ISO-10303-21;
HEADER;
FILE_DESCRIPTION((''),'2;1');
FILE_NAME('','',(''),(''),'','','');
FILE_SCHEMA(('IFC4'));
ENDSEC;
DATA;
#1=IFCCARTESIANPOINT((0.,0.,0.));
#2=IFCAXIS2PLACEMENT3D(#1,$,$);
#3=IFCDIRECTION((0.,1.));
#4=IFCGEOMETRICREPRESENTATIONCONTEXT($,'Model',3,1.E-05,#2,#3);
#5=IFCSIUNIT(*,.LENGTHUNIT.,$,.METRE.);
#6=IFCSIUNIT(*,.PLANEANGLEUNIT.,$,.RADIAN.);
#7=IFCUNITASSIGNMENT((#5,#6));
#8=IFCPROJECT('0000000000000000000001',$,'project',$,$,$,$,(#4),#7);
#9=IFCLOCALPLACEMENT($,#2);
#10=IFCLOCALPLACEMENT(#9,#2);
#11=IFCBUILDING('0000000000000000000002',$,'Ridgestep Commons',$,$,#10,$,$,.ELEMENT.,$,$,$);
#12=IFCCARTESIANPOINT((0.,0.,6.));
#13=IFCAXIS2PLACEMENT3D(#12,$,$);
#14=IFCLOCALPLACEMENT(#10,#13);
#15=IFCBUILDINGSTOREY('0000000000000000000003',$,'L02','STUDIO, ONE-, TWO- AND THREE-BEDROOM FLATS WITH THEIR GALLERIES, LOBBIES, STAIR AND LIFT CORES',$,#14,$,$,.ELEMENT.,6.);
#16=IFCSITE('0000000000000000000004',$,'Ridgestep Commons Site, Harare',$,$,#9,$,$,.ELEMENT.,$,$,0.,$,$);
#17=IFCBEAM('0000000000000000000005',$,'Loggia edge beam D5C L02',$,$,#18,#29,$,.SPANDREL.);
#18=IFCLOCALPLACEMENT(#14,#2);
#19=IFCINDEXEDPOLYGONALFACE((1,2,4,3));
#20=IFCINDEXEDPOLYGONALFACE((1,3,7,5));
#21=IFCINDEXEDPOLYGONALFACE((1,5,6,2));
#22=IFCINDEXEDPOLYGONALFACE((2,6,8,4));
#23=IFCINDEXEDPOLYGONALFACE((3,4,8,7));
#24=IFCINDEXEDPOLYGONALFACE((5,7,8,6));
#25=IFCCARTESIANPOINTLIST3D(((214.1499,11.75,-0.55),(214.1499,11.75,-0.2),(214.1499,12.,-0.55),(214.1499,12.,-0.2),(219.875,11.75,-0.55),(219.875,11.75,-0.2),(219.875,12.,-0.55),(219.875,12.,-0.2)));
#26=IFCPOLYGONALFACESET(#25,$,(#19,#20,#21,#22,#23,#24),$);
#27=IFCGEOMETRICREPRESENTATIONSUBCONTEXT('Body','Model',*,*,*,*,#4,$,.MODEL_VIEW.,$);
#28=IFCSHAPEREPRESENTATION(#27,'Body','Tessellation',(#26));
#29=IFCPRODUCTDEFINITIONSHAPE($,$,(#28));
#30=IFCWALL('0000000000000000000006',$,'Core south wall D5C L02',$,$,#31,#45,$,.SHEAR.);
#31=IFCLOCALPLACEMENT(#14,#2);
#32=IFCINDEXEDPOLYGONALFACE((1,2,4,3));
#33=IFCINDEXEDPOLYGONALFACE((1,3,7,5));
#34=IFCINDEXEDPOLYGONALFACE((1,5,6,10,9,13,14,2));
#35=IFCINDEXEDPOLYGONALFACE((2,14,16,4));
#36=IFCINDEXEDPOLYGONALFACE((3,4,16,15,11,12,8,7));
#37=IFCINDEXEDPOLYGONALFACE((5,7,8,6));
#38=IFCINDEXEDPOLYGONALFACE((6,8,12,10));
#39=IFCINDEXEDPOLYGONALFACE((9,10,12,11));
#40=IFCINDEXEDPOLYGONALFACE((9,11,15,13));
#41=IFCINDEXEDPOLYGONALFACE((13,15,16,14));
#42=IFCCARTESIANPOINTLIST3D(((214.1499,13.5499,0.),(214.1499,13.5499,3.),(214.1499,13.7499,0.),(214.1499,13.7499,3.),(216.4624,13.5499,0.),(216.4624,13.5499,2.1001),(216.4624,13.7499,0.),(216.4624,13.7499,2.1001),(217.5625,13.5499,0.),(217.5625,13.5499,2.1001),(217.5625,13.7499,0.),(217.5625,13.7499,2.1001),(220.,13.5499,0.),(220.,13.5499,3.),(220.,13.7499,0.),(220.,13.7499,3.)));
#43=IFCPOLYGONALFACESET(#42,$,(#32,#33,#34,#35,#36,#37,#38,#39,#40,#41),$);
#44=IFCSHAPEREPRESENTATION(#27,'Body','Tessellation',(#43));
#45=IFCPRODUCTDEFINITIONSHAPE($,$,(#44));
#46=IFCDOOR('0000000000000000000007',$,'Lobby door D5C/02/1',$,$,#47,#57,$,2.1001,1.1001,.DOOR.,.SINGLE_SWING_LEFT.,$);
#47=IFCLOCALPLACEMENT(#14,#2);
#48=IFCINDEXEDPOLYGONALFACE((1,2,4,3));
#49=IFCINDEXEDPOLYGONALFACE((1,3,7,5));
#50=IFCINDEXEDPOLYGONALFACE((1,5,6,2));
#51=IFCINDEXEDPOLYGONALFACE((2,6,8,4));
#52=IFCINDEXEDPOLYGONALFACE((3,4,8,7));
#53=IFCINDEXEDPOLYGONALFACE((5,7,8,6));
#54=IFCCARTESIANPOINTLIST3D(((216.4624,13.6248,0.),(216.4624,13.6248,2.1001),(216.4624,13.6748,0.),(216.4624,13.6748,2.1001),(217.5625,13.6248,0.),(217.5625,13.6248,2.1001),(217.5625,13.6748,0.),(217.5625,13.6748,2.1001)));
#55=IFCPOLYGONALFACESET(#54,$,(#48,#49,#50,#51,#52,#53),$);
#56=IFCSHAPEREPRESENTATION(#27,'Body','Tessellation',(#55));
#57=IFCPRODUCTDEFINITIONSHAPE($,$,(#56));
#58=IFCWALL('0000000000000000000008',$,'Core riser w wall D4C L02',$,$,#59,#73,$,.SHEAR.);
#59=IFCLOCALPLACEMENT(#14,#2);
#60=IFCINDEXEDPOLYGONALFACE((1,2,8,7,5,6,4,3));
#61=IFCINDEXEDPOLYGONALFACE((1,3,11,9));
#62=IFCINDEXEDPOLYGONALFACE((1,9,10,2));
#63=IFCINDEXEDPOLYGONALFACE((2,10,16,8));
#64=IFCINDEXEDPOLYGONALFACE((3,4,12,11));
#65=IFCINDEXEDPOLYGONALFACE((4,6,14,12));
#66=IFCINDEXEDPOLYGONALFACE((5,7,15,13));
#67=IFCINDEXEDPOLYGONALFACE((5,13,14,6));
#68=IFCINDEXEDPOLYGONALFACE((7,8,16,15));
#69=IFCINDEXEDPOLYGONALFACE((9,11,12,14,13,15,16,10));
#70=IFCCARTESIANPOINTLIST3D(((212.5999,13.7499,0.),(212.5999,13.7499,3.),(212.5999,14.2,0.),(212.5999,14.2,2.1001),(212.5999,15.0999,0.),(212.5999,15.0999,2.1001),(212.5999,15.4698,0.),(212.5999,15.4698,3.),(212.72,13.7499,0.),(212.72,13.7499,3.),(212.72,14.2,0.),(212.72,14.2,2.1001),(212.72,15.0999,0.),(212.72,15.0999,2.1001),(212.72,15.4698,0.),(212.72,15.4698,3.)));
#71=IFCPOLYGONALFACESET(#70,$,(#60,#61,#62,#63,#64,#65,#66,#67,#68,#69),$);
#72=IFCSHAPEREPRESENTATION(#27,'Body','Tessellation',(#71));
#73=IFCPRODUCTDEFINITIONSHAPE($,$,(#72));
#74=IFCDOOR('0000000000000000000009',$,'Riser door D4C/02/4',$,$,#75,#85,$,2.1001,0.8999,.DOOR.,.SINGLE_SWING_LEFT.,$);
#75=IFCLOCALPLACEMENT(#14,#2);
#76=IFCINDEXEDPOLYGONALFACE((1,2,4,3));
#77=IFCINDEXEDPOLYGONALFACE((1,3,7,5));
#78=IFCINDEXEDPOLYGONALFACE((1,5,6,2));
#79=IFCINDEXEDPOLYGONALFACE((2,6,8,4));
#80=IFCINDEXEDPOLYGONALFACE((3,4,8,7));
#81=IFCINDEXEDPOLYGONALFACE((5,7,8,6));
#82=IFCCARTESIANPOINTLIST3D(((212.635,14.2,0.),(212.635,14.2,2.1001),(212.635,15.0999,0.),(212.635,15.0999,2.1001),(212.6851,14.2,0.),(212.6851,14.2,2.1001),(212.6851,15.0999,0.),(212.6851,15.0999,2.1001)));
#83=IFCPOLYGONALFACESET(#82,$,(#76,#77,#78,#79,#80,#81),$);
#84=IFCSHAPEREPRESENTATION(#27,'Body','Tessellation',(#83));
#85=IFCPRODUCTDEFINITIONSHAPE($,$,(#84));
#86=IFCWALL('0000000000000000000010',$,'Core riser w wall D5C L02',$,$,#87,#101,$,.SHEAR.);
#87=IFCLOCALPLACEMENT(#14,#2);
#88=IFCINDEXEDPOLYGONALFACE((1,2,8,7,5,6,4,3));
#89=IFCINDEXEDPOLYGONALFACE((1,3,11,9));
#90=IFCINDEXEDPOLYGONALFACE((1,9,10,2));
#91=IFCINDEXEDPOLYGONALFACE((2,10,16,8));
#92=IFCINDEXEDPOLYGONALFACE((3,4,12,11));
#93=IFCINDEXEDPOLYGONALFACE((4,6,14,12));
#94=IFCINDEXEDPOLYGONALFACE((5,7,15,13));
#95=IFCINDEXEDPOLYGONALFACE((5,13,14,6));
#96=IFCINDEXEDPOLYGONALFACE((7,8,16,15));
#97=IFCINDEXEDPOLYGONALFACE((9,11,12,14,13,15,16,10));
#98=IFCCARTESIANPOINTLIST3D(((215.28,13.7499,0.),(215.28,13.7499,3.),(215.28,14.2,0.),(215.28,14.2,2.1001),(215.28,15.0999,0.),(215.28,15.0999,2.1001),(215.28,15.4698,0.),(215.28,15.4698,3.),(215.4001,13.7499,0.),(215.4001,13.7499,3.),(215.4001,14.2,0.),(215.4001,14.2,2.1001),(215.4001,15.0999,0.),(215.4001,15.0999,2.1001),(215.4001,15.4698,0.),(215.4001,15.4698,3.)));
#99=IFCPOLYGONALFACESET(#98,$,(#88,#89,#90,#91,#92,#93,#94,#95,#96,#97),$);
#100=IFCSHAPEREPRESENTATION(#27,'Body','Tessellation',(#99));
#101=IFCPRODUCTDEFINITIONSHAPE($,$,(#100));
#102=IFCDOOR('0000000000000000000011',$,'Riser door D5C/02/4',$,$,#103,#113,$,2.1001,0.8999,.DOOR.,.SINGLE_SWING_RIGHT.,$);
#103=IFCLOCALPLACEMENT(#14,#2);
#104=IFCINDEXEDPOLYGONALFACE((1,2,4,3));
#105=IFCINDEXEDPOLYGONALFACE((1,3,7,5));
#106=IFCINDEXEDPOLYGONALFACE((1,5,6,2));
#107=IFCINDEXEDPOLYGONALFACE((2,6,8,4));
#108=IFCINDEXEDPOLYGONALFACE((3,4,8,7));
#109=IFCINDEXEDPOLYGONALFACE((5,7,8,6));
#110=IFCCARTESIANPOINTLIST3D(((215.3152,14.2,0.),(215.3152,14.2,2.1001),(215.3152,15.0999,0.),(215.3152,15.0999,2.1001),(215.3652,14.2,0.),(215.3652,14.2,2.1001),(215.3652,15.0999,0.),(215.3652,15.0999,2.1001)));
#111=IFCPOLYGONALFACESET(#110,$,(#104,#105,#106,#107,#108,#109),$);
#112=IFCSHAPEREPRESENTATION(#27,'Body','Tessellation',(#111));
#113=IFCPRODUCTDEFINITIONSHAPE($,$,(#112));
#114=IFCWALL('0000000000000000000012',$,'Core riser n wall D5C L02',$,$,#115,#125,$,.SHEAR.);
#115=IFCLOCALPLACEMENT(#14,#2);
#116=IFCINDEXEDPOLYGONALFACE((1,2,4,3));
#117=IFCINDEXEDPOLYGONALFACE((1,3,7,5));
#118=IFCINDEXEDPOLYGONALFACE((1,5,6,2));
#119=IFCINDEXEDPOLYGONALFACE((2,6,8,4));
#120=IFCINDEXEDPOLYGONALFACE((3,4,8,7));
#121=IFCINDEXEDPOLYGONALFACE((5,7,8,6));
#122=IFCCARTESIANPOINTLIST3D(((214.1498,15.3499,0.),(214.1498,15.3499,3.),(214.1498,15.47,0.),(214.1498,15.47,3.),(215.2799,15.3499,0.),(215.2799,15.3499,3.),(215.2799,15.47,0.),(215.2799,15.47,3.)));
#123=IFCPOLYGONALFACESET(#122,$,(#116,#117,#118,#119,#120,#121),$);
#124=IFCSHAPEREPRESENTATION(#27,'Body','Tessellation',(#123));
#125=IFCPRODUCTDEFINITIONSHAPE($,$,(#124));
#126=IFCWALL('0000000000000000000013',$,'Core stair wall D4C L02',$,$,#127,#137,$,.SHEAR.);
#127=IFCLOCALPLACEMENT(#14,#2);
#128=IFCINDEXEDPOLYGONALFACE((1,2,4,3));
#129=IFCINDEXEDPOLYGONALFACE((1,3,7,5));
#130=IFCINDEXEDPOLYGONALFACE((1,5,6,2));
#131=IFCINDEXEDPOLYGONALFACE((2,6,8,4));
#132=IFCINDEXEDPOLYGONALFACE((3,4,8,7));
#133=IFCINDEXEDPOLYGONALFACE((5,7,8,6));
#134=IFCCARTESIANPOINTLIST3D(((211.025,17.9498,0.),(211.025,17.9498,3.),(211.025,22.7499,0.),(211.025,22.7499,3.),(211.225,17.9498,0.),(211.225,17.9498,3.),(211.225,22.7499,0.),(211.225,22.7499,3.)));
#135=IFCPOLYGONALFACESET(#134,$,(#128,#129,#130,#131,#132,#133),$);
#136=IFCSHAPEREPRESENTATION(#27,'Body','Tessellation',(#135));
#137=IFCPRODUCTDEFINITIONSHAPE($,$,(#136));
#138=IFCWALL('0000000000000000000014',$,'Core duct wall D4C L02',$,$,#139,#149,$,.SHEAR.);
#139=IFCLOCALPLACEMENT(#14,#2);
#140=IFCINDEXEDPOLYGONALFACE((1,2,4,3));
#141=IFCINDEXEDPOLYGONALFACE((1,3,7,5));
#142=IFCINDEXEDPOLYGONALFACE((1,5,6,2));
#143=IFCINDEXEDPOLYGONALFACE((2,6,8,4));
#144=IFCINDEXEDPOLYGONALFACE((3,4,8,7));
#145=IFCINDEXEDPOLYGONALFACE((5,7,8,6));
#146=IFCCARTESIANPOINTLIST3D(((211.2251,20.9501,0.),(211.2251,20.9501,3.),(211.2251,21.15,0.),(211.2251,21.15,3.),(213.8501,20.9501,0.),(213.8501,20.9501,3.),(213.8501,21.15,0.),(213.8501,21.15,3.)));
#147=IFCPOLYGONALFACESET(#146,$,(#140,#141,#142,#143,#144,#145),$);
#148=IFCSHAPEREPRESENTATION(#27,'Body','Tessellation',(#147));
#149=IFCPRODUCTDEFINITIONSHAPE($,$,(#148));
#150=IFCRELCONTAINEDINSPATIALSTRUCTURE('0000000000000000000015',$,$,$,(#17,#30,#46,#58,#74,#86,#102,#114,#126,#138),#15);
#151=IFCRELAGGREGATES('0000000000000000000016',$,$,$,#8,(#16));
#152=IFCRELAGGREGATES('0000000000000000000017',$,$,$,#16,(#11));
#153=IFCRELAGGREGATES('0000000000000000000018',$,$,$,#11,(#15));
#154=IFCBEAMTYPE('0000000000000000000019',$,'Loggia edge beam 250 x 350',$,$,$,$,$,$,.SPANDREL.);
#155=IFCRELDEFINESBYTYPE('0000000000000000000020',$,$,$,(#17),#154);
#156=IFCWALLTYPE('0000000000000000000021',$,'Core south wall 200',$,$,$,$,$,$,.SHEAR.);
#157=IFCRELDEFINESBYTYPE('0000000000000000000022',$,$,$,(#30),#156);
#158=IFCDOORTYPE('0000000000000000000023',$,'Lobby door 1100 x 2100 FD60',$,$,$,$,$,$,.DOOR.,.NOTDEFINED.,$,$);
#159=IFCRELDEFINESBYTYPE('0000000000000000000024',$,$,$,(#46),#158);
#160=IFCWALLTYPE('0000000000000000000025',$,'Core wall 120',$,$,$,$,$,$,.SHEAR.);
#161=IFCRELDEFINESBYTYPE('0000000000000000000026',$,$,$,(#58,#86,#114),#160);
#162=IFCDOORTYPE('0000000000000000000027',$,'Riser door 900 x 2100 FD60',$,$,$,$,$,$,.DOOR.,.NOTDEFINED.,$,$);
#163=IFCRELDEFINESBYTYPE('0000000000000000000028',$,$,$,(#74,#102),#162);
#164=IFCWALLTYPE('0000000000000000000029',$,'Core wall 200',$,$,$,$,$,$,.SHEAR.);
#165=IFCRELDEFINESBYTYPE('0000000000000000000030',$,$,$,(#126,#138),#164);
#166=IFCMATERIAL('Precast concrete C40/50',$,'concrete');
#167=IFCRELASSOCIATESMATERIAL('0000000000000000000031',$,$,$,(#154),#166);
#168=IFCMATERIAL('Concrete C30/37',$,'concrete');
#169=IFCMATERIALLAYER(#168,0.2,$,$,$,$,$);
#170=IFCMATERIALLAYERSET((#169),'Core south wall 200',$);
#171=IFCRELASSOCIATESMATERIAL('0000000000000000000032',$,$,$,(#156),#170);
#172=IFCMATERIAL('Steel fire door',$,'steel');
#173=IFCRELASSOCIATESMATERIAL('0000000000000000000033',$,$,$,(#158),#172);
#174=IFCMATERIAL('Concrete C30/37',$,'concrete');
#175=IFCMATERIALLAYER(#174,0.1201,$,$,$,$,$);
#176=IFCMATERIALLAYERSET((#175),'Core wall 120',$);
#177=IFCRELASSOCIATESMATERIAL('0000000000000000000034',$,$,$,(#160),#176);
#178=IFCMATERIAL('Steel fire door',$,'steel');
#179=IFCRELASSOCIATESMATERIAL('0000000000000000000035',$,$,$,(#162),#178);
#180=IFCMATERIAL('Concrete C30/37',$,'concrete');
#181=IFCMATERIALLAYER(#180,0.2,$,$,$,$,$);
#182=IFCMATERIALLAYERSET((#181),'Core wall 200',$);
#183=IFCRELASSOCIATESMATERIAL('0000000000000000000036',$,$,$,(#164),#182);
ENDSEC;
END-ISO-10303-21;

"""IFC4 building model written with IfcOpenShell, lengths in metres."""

from ifc_helpers import new_model, si_unit, direction, frame, frame_2d, origin, origin_2d, place, context, subcontext, project, spatial, rectangle, extrude, material, layer, layer_set, material_profile, profile_set, type_object, element, fill, save


model = new_model("IFC4")

# Units and contexts
model_context = context("Model", 3, precision=1e-05, world=origin(), true_north=direction((0.0, 1.0)))
body_context = subcontext(model_context, "Body", "Model", "MODEL_VIEW")
ifc_project = project(units=[si_unit("LENGTHUNIT", "METRE"), si_unit("PLANEANGLEUNIT", "RADIAN")], contexts=[model_context])

# Site, building, storey
site_placement = place(None, origin())
site = spatial("IfcSite", under=ifc_project, at=site_placement, Name="Ridgestep Commons Site, Harare", CompositionType="ELEMENT", RefElevation=0.0)
building_placement = place(site_placement, origin())
building = spatial("IfcBuilding", under=site, at=building_placement, Name="Ridgestep Commons", CompositionType="ELEMENT")
storey_placement = place(building_placement, frame((0.0, 0.0, 6.0)))
storey = spatial("IfcBuildingStorey", under=building, at=storey_placement, Name="L02", Description="STUDIO, ONE-, TWO- AND THREE-BEDROOM FLATS WITH THEIR GALLERIES, LOBBIES, STAIR AND LIFT CORES", CompositionType="ELEMENT", Elevation=6.0)

# Beam
ifc_material_1 = material(Name="Precast concrete C40/50", Category="concrete")
ifc_material_profile = material_profile(ifc_material_1, rectangle(XDim=0.25, YDim=0.3501, at=origin_2d()), Name="PC 250x350")
ifc_profile_set = profile_set([ifc_material_profile], Name="Precast concrete C40/50")
beam_type = type_object("IfcBeamType", Name="Loggia edge beam 250 x 350", PredefinedType="SPANDREL", material=ifc_profile_set)
beam_placement = place(storey_placement, frame((214.1499, 11.875, -0.375), z_axis=(1.0, 0.0, 0.0), x_axis=(0.0, 1.0, 0.0)))
element("IfcBeam", 1, at=beam_placement, inside=storey, type_object=beam_type, Name="Loggia edge beam D5C L02", PredefinedType="SPANDREL", context=body_context, shape_type="SweptSolid", body=[
    extrude(rectangle(XDim=0.25, YDim=0.3501, at=origin_2d()), origin(), (0.0, 0.0, 1.0), 5.7251),
])

# Walls, openings, doors
ifc_material_2 = material(Name="Concrete C30/37", Category="concrete")
ifc_layer_1 = layer(ifc_material_2, 0.2)
ifc_layer_set_1 = layer_set([ifc_layer_1], Name="Core south wall 200")
wall_type_1 = type_object("IfcWallType", Name="Core south wall 200", PredefinedType="SHEAR", material=ifc_layer_set_1)
wall_1_placement = place(storey_placement, frame((214.1499, 13.6499, 0.0), z_axis=(0.0, 0.0, 1.0), x_axis=(1.0, 0.0, 0.0)))
wall_1 = element("IfcWall", 2, at=wall_1_placement, inside=storey, type_object=wall_type_1, Name="Core south wall D5C L02", PredefinedType="SHEAR", context=body_context, shape_type="SweptSolid", body=[
    extrude(rectangle(XDim=5.8501, YDim=0.2, at=frame_2d((2.925, 0.0))), origin(), (0.0, 0.0, 1.0), 3.0),
])
opening_1_placement = place(wall_1_placement, frame((2.3125, 0.0, 0.0)))
opening_1 = element("IfcOpeningElement", 3, at=opening_1_placement, cuts=wall_1, PredefinedType="OPENING", context=body_context, shape_type="SweptSolid", body=[
    extrude(rectangle(XDim=1.1001, YDim=2.1001, at=frame_2d((0.55, 1.05))), frame((0.0, 0.1099, 0.0), z_axis=(0.0, -1.0, 0.0), x_axis=(1.0, 0.0, 0.0)), (0.0, 0.0, 1.0), 0.22),
])
ifc_material_3 = material(Name="Steel fire door", Category="steel")
door_type_1 = type_object("IfcDoorType", Name="Lobby door 1100 x 2100 FD60", OperationType="NOTDEFINED", PredefinedType="DOOR", material=ifc_material_3)
door_1_placement = place(opening_1_placement, origin())
door_1 = element("IfcDoor", 4, at=door_1_placement, inside=storey, type_object=door_type_1, Name="Lobby door D5C/02/1", OperationType="SINGLE_SWING_LEFT", OverallHeight=2.1001, OverallWidth=1.1001, PredefinedType="DOOR", context=body_context, shape_type="SweptSolid", body=[
    extrude(rectangle(XDim=1.1001, YDim=2.1001, at=frame_2d((0.55, 1.05))), frame((0.0, 0.0249, 0.0), z_axis=(0.0, -1.0, 0.0), x_axis=(1.0, 0.0, 0.0)), (0.0, 0.0, 1.0), 0.05),
])
fill(opening_1, door_1)
ifc_material_4 = material(Name="Concrete C30/37", Category="concrete")
ifc_layer_2 = layer(ifc_material_4, 0.1201)
ifc_layer_set_2 = layer_set([ifc_layer_2], Name="Core wall 120")
wall_type_2 = type_object("IfcWallType", Name="Core wall 120", PredefinedType="SHEAR", material=ifc_layer_set_2)
wall_2_placement = place(storey_placement, frame((212.6599, 13.75, 0.0), z_axis=(0.0, 0.0, 1.0), x_axis=(0.0, 1.0, 0.0)))
wall_2 = element("IfcWall", 5, at=wall_2_placement, inside=storey, type_object=wall_type_2, Name="Core riser w wall D4C L02", PredefinedType="SHEAR", context=body_context, shape_type="SweptSolid", body=[
    extrude(rectangle(XDim=1.72, YDim=0.1201, at=frame_2d((0.8599, 0.0))), origin(), (0.0, 0.0, 1.0), 3.0),
])
opening_2_placement = place(wall_2_placement, frame((0.45, 0.0, 0.0)))
opening_2 = element("IfcOpeningElement", 6, at=opening_2_placement, cuts=wall_2, PredefinedType="OPENING", context=body_context, shape_type="SweptSolid", body=[
    extrude(rectangle(XDim=0.8999, YDim=2.1001, at=frame_2d((0.45, 1.05))), frame((0.0, 0.0701, 0.0), z_axis=(0.0, -1.0, 0.0), x_axis=(1.0, 0.0, 0.0)), (0.0, 0.0, 1.0), 0.1401),
])
ifc_material_5 = material(Name="Steel fire door", Category="steel")
door_type_2 = type_object("IfcDoorType", Name="Riser door 900 x 2100 FD60", OperationType="NOTDEFINED", PredefinedType="DOOR", material=ifc_material_5)
door_2_placement = place(opening_2_placement, origin())
door_2 = element("IfcDoor", 7, at=door_2_placement, inside=storey, type_object=door_type_2, Name="Riser door D4C/02/4", OperationType="SINGLE_SWING_LEFT", OverallHeight=2.1001, OverallWidth=0.8999, PredefinedType="DOOR", context=body_context, shape_type="SweptSolid", body=[
    extrude(rectangle(XDim=0.8999, YDim=2.1001, at=frame_2d((0.45, 1.05))), frame((0.0, 0.0249, 0.0), z_axis=(0.0, -1.0, 0.0), x_axis=(1.0, 0.0, 0.0)), (0.0, 0.0, 1.0), 0.05),
])
fill(opening_2, door_2)

# Wall, opening, door
wall_3_placement = place(storey_placement, frame((215.3401, 13.75, 0.0), z_axis=(0.0, 0.0, 1.0), x_axis=(0.0, 1.0, 0.0)))
wall_3 = element("IfcWall", 8, at=wall_3_placement, inside=storey, type_object=wall_type_2, Name="Core riser w wall D5C L02", PredefinedType="SHEAR", context=body_context, shape_type="SweptSolid", body=[
    extrude(rectangle(XDim=1.72, YDim=0.1201, at=frame_2d((0.8599, 0.0))), origin(), (0.0, 0.0, 1.0), 3.0),
])
opening_3_placement = place(wall_3_placement, frame((0.45, 0.0, 0.0)))
opening_3 = element("IfcOpeningElement", 9, at=opening_3_placement, cuts=wall_3, PredefinedType="OPENING", context=body_context, shape_type="SweptSolid", body=[
    extrude(rectangle(XDim=0.8999, YDim=2.1001, at=frame_2d((0.45, 1.05))), frame((0.0, 0.0701, 0.0), z_axis=(0.0, -1.0, 0.0), x_axis=(1.0, 0.0, 0.0)), (0.0, 0.0, 1.0), 0.1401),
])
door_3_placement = place(opening_3_placement, origin())
door_3 = element("IfcDoor", 10, at=door_3_placement, inside=storey, type_object=door_type_2, Name="Riser door D5C/02/4", OperationType="SINGLE_SWING_RIGHT", OverallHeight=2.1001, OverallWidth=0.8999, PredefinedType="DOOR", context=body_context, shape_type="SweptSolid", body=[
    extrude(rectangle(XDim=0.8999, YDim=2.1001, at=frame_2d((0.45, 1.05))), frame((0.0, 0.0249, 0.0), z_axis=(0.0, -1.0, 0.0), x_axis=(1.0, 0.0, 0.0)), (0.0, 0.0, 1.0), 0.05),
])
fill(opening_3, door_3)

# Walls
wall_4_placement = place(storey_placement, frame((214.1499, 15.4099, 0.0), z_axis=(0.0, 0.0, 1.0), x_axis=(1.0, 0.0, 0.0)))
element("IfcWall", 11, at=wall_4_placement, inside=storey, type_object=wall_type_2, Name="Core riser n wall D5C L02", PredefinedType="SHEAR", context=body_context, shape_type="SweptSolid", body=[
    extrude(rectangle(XDim=1.1301, YDim=0.1201, at=frame_2d((0.5649, 0.0))), origin(), (0.0, 0.0, 1.0), 3.0),
])
ifc_material_6 = material(Name="Concrete C30/37", Category="concrete")
ifc_layer_3 = layer(ifc_material_6, 0.2)
ifc_layer_set_3 = layer_set([ifc_layer_3], Name="Core wall 200")
wall_type_3 = type_object("IfcWallType", Name="Core wall 200", PredefinedType="SHEAR", material=ifc_layer_set_3)
wall_5_placement = place(storey_placement, frame((211.125, 17.95, 0.0), z_axis=(0.0, 0.0, 1.0), x_axis=(0.0, 1.0, 0.0)))
element("IfcWall", 12, at=wall_5_placement, inside=storey, type_object=wall_type_3, Name="Core stair wall D4C L02", PredefinedType="SHEAR", context=body_context, shape_type="SweptSolid", body=[
    extrude(rectangle(XDim=4.8, YDim=0.2, at=frame_2d((2.3999, 0.0))), origin(), (0.0, 0.0, 1.0), 3.0),
])
wall_6_placement = place(storey_placement, frame((211.2251, 21.05, 0.0), z_axis=(0.0, 0.0, 1.0), x_axis=(1.0, 0.0, 0.0)))
element("IfcWall", 13, at=wall_6_placement, inside=storey, type_object=wall_type_3, Name="Core duct wall D4C L02", PredefinedType="SHEAR", context=body_context, shape_type="SweptSolid", body=[
    extrude(rectangle(XDim=2.625, YDim=0.2, at=frame_2d((1.3125, 0.0))), origin(), (0.0, 0.0, 1.0), 3.0),
])

save(model, "model.ifc")
